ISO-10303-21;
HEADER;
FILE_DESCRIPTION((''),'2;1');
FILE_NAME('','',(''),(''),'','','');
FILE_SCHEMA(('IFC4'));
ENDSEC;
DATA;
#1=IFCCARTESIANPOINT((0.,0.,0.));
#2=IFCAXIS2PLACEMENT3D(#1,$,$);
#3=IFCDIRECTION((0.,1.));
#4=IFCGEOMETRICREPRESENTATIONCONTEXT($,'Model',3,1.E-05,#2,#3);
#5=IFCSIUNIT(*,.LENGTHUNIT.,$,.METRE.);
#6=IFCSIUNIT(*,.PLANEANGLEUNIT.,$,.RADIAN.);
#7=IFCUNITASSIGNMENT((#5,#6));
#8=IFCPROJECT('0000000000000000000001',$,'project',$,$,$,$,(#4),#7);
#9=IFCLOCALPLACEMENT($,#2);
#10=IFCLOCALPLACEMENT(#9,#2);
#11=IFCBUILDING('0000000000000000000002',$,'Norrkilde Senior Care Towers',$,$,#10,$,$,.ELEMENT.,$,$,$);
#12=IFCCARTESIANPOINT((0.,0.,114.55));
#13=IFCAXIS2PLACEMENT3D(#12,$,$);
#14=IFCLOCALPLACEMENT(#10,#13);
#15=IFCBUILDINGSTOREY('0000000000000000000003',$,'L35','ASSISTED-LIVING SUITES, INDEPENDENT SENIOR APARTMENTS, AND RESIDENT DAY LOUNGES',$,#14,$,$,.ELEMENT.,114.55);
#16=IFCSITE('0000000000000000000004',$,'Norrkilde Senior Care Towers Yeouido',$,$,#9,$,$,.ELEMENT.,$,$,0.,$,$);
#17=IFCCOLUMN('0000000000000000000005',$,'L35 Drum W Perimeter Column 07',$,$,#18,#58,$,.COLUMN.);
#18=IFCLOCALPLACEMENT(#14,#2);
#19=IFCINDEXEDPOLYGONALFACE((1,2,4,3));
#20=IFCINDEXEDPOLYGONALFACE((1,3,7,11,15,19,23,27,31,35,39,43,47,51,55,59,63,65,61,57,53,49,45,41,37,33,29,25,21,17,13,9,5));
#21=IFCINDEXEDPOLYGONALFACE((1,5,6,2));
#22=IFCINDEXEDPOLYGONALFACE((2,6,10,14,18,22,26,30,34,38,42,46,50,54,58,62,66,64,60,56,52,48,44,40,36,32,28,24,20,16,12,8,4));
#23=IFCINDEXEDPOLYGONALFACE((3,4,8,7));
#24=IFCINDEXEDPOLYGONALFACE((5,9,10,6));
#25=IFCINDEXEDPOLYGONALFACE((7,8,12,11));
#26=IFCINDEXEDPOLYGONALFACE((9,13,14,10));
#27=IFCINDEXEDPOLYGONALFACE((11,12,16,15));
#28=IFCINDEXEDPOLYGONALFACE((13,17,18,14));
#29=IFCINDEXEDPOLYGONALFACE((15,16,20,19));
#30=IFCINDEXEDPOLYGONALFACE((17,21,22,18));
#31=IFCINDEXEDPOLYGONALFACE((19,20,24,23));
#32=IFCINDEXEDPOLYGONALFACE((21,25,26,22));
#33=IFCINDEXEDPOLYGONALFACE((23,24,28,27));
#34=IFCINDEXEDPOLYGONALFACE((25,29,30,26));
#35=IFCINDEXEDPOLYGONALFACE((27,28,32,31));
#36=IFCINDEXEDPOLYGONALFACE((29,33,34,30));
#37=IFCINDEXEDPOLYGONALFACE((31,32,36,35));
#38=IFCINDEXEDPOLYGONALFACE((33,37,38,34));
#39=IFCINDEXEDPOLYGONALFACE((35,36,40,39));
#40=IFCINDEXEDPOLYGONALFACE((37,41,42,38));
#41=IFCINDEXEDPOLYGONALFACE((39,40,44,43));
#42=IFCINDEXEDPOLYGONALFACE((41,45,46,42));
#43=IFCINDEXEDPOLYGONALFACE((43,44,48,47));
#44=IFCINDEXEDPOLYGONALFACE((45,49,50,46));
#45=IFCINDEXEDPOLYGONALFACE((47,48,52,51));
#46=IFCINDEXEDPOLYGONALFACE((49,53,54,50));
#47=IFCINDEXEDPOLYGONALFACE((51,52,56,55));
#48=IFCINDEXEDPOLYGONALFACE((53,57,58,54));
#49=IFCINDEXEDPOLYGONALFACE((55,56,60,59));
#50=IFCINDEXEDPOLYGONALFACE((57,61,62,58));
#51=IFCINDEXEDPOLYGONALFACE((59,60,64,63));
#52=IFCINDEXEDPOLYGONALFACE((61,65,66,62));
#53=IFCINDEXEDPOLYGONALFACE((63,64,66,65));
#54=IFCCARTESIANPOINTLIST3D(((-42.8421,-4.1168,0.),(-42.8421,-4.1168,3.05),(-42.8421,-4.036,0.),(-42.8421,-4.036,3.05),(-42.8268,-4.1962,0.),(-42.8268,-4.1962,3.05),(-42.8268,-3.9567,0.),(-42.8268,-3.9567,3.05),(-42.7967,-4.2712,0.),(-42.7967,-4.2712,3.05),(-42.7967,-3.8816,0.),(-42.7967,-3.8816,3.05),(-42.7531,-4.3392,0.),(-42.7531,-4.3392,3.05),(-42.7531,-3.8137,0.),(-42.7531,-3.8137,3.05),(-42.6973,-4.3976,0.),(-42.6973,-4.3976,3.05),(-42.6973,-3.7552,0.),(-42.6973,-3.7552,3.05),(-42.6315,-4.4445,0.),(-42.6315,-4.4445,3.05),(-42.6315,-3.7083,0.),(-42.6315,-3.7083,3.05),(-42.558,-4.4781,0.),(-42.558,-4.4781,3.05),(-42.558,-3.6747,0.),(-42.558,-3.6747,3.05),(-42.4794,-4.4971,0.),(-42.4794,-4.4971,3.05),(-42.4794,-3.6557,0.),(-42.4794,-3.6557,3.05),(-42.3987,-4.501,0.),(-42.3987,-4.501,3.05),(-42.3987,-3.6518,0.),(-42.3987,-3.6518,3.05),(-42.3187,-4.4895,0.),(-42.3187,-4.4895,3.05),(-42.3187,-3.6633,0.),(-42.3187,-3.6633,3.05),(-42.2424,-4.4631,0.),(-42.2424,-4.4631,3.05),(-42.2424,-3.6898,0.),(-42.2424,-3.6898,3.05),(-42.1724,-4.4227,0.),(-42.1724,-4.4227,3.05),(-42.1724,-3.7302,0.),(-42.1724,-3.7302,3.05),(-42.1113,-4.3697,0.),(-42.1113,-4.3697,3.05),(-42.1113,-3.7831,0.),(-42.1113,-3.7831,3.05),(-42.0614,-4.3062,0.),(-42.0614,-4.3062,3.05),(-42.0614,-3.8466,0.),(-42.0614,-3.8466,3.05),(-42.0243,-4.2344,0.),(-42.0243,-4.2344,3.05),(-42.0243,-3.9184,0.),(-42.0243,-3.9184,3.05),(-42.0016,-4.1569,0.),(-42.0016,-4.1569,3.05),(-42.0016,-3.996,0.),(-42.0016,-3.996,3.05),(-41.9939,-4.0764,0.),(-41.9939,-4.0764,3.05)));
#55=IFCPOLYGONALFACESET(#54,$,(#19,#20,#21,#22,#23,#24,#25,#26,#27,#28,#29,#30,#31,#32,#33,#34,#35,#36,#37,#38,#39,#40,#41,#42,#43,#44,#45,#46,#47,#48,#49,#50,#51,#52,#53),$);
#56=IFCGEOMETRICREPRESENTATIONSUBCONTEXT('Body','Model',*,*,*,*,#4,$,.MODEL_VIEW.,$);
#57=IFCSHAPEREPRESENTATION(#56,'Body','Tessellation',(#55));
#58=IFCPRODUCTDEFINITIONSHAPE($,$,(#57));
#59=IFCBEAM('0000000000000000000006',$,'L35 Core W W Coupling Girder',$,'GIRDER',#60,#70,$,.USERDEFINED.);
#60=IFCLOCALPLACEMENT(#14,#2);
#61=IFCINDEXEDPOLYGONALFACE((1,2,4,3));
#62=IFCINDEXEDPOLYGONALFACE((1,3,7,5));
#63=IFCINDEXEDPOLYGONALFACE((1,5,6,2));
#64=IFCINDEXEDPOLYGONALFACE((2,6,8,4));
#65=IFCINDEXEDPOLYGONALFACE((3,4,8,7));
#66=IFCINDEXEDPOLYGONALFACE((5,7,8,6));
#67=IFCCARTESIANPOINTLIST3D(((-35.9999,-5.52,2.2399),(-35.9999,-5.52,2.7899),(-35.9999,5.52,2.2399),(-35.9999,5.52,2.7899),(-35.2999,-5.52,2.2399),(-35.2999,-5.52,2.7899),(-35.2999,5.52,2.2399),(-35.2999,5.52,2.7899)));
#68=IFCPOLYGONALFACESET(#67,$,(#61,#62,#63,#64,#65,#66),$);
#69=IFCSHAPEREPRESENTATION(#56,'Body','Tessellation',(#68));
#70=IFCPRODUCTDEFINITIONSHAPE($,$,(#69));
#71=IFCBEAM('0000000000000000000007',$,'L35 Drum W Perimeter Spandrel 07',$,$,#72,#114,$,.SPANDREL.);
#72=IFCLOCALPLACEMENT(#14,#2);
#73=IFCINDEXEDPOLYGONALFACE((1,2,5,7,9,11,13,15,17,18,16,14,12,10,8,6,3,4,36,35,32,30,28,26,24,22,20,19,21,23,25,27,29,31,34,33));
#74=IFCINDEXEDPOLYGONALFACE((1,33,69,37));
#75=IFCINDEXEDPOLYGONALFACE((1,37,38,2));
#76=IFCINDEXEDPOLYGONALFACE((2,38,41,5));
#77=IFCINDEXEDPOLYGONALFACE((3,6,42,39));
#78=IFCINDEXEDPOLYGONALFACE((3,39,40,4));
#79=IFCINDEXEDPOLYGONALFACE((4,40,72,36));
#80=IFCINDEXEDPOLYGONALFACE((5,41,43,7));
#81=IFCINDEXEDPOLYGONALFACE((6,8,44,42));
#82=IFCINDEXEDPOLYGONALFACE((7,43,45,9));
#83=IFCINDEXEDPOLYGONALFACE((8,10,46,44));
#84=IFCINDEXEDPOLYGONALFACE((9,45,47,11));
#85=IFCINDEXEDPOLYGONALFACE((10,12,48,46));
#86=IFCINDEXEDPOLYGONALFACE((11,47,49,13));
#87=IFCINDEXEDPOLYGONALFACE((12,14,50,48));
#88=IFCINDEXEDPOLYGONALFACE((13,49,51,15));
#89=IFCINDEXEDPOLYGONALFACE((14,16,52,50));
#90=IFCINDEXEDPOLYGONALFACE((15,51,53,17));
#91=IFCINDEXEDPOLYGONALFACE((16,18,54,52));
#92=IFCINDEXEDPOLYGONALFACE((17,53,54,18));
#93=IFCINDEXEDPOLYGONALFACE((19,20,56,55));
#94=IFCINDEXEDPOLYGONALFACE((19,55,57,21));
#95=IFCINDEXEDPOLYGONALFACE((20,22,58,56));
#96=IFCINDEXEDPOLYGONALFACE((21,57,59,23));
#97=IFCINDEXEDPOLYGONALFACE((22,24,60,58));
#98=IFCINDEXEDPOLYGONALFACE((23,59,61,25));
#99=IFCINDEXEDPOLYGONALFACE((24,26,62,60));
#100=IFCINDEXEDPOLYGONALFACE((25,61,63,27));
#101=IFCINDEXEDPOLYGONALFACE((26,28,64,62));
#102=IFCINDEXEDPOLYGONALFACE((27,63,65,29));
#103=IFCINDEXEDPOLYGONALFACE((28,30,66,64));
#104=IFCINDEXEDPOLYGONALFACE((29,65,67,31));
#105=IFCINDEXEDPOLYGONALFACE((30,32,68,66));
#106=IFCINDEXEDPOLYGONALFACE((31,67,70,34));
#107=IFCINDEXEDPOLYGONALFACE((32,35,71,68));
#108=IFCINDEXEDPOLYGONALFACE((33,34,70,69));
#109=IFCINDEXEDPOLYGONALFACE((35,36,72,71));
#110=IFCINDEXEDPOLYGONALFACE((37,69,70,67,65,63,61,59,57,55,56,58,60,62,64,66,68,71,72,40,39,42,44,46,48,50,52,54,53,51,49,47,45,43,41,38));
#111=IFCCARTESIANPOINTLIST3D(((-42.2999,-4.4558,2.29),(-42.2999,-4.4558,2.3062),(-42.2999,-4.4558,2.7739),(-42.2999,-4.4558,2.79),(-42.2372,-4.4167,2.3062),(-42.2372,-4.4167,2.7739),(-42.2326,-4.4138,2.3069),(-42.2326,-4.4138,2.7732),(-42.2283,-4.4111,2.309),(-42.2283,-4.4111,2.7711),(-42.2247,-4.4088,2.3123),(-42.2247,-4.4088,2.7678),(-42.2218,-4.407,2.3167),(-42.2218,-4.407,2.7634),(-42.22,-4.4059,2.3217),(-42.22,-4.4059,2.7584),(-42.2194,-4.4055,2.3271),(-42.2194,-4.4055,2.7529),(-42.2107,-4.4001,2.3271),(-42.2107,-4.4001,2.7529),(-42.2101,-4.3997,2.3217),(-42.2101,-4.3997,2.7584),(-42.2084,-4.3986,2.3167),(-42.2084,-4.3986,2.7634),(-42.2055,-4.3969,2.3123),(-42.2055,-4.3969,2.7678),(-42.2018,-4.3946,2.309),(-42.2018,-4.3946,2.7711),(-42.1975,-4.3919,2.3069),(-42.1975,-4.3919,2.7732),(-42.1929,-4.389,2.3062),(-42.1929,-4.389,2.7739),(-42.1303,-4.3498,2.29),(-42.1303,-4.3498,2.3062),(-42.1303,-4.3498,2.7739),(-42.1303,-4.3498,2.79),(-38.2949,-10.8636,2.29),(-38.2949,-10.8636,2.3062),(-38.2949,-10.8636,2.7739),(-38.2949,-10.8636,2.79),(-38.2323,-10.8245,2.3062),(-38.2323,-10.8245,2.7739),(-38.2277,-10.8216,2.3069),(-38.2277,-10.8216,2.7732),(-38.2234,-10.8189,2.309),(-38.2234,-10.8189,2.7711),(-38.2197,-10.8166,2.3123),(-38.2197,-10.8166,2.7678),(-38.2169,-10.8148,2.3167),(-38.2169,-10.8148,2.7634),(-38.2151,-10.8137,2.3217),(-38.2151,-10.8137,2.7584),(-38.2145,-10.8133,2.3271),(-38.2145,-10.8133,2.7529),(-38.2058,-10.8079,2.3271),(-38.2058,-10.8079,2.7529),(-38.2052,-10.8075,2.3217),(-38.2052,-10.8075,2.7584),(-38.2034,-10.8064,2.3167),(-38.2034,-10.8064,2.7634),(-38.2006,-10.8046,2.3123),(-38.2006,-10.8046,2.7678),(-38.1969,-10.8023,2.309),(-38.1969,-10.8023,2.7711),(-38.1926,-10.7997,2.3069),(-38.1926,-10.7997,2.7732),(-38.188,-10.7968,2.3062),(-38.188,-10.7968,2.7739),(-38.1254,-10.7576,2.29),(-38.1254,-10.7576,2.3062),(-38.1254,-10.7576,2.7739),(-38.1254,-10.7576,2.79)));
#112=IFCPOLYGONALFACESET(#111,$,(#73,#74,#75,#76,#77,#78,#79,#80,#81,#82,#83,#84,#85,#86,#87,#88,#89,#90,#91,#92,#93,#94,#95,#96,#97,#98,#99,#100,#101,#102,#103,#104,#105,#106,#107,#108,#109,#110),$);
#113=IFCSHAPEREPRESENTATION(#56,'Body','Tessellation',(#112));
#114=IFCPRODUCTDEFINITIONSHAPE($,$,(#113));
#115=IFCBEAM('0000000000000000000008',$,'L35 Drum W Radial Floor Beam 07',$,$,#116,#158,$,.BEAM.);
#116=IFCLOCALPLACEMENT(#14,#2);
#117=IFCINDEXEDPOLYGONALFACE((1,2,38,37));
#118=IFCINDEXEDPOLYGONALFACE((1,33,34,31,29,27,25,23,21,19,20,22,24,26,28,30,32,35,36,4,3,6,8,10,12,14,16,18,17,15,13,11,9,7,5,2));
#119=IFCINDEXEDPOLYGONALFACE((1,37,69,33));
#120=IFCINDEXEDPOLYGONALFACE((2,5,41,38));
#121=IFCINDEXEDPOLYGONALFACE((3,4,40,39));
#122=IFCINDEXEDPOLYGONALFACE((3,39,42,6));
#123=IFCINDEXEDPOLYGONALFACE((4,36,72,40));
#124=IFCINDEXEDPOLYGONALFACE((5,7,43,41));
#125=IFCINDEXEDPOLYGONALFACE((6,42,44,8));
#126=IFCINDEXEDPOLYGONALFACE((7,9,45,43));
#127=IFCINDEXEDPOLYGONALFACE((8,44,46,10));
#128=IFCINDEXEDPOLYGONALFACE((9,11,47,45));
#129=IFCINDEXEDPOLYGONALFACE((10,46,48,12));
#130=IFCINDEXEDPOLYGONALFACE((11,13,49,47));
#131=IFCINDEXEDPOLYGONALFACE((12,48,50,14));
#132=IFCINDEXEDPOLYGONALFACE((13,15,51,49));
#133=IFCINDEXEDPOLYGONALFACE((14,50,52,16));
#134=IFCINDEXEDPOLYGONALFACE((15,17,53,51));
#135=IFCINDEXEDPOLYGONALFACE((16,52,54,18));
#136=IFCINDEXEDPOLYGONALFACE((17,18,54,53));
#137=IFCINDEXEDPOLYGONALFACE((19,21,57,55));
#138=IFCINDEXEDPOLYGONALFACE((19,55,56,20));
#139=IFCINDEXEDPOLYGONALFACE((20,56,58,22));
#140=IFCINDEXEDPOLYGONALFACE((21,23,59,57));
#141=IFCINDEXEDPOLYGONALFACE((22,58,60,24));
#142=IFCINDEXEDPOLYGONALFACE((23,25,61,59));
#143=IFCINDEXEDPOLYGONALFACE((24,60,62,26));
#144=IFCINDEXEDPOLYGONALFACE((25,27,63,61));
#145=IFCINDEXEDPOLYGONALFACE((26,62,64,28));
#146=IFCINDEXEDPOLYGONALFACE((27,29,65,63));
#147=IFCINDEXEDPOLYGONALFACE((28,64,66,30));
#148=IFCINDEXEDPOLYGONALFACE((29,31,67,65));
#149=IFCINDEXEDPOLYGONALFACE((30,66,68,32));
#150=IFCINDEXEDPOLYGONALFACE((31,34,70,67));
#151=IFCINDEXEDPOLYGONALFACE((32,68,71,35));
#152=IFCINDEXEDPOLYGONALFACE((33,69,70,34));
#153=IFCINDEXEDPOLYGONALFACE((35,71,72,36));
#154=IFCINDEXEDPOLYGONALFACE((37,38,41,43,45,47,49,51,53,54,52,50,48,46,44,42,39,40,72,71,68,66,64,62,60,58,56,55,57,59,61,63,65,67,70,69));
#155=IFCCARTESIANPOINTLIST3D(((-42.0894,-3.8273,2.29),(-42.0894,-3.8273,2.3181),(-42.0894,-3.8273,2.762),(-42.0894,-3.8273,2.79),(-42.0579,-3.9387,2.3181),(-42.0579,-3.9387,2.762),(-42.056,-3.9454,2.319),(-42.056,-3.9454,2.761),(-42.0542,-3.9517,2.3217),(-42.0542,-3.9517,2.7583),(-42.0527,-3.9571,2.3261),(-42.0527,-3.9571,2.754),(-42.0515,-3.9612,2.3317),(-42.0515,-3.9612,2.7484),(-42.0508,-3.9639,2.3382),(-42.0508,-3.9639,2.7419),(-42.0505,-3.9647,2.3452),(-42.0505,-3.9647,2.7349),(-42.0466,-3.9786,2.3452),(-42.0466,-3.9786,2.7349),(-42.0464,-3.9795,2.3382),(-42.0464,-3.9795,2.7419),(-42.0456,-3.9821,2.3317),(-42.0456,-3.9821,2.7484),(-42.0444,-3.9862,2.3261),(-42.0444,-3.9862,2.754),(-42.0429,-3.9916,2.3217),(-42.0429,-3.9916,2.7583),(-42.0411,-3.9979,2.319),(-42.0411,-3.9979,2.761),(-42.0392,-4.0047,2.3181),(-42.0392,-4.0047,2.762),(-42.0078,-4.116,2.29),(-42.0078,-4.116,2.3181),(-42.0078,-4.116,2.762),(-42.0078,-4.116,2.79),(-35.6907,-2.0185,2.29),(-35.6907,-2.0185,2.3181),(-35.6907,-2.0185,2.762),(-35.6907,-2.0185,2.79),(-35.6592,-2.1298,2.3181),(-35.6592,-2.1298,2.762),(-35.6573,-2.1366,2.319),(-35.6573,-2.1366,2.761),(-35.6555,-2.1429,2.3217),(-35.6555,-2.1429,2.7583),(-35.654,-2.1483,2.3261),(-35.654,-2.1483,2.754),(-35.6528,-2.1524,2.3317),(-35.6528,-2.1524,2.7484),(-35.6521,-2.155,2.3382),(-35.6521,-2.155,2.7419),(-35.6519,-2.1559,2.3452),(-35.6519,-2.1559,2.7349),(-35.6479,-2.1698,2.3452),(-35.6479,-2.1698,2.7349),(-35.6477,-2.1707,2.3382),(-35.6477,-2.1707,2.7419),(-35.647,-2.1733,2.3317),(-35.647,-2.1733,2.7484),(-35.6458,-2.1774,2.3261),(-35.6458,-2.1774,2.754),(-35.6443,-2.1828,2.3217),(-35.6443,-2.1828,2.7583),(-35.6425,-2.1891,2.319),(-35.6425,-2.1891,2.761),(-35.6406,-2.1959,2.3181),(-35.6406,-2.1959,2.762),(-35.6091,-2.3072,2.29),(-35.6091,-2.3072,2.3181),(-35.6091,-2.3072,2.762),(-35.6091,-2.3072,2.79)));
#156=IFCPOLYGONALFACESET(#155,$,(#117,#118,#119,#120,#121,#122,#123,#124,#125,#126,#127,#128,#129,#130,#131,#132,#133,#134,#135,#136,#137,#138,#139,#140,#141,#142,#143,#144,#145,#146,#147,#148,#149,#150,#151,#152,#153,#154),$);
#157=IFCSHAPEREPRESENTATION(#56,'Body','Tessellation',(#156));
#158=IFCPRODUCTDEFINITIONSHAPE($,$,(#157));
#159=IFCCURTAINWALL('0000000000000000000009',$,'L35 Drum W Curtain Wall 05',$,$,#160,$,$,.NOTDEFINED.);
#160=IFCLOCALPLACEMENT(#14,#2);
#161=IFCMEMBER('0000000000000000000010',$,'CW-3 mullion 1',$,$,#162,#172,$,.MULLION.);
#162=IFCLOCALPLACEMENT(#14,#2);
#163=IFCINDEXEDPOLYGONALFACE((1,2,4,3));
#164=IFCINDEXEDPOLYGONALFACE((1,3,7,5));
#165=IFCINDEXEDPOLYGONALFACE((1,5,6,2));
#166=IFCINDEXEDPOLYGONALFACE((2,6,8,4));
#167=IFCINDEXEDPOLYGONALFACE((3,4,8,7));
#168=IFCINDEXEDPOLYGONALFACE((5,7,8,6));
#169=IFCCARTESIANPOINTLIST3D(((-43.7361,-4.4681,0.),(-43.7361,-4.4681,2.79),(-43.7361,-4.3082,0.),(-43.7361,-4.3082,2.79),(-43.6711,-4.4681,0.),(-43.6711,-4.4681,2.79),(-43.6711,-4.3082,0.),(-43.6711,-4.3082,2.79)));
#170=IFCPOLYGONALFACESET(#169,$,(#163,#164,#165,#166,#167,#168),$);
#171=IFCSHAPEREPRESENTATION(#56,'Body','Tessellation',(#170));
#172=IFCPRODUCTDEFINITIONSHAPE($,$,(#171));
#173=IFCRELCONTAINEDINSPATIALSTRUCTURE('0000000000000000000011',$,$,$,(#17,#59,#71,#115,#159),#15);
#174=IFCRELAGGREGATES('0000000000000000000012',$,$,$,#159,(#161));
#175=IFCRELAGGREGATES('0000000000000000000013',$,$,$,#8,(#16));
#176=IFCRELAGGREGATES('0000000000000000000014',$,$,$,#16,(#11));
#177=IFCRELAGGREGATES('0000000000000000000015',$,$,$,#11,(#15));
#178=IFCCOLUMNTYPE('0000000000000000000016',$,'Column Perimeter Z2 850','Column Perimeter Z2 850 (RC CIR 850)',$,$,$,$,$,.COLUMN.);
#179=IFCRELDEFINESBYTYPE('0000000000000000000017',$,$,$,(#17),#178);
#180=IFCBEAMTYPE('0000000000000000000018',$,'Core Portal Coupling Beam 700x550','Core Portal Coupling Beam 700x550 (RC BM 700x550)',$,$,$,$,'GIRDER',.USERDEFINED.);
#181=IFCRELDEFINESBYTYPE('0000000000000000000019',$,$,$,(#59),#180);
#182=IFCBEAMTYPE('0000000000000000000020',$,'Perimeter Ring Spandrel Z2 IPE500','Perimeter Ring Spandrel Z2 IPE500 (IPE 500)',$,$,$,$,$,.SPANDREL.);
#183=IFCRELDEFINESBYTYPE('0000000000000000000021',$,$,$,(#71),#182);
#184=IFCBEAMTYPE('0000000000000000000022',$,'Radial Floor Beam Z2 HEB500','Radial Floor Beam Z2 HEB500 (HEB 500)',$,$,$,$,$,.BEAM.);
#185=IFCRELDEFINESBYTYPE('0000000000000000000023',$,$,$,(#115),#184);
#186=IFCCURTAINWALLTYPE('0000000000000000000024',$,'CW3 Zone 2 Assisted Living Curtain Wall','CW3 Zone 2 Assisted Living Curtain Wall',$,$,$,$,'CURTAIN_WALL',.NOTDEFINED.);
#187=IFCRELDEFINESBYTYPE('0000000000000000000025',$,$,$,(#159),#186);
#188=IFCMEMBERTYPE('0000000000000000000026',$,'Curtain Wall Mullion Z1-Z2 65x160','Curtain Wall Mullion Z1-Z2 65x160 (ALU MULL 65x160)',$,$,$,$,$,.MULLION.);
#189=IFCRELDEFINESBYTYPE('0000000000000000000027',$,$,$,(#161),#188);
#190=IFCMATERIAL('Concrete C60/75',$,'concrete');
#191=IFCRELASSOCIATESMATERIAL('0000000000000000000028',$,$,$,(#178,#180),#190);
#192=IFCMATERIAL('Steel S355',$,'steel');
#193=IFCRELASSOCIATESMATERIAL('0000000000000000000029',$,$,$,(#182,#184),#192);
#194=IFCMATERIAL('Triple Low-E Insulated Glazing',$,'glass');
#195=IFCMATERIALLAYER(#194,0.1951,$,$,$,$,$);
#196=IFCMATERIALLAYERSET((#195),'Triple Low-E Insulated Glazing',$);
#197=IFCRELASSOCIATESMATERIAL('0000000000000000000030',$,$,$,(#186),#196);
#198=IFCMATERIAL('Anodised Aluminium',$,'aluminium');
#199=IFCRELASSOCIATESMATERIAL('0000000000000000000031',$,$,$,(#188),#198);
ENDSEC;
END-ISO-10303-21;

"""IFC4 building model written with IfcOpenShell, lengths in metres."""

from ifc_helpers import new_model, si_unit, direction, frame, origin, origin_2d, place, context, subcontext, project, spatial, rectangle, circle, i_section, extrude, source, transform, mapped, material, layer, layer_set, material_profile, profile_set, type_object, type_shapes, element, aggregate, save


model = new_model("IFC4")

# Units and contexts
model_context = context("Model", 3, precision=1e-05, world=origin(), true_north=direction((0.0, 1.0)))
body_context = subcontext(model_context, "Body", "Model", "MODEL_VIEW")
ifc_project = project(units=[si_unit("LENGTHUNIT", "METRE"), si_unit("PLANEANGLEUNIT", "RADIAN")], contexts=[model_context])

# Site, building, storey
site_placement = place(None, origin())
site = spatial("IfcSite", under=ifc_project, at=site_placement, Name="Norrkilde Senior Care Towers Yeouido", CompositionType="ELEMENT", RefElevation=0.0)
building_placement = place(site_placement, origin())
building = spatial("IfcBuilding", under=site, at=building_placement, Name="Norrkilde Senior Care Towers", CompositionType="ELEMENT")
storey_placement = place(building_placement, frame((0.0, 0.0, 114.55)))
storey = spatial("IfcBuildingStorey", under=building, at=storey_placement, Name="L35", Description="ASSISTED-LIVING SUITES, INDEPENDENT SENIOR APARTMENTS, AND RESIDENT DAY LOUNGES", CompositionType="ELEMENT", Elevation=114.55)

# Column
ifc_material_1 = material(Name="Concrete C60/75", Category="concrete")
ifc_material_profile_1 = material_profile(ifc_material_1, circle(Radius=0.425, at=origin_2d()), Name="RC CIR 850")
ifc_profile_set_1 = profile_set([ifc_material_profile_1], Name="Concrete C60/75")
column_type = type_object("IfcColumnType", Name="Column Perimeter Z2 850", Description="Column Perimeter Z2 850 (RC CIR 850)", PredefinedType="COLUMN", material=ifc_profile_set_1)
shared_shape_1 = source(origin(), body_context, "Body", "SweptSolid", [
    extrude(circle(Radius=0.425, at=origin_2d()), origin(), (0.0, 0.0, 1.0), 3.05),
])
type_shapes(column_type, [shared_shape_1])
column_placement = place(storey_placement, frame((-42.4189, -4.0764, 0.0), z_axis=(0.0, 0.0, 1.0), x_axis=(1.0, 0.0, 0.0)))
element("IfcColumn", 1, at=column_placement, inside=storey, type_object=column_type, Name="L35 Drum W Perimeter Column 07", PredefinedType="COLUMN", context=body_context, shape_type="MappedRepresentation", body=[
    mapped(shared_shape_1, transform((0.0, 0.0, 0.0), x_axis=(1.0, 0.0, 0.0), y_axis=(0.0, 1.0, 0.0), z_axis=(0.0, 0.0, 1.0), scale=1.0)),
])

# Beams
ifc_material_profile_2 = material_profile(ifc_material_1, rectangle(XDim=0.7, YDim=0.55, at=origin_2d()), Name="RC BM 700x550")
ifc_profile_set_2 = profile_set([ifc_material_profile_2], Name="Concrete C60/75")
beam_type_1 = type_object("IfcBeamType", Name="Core Portal Coupling Beam 700x550", Description="Core Portal Coupling Beam 700x550 (RC BM 700x550)", ElementType="GIRDER", PredefinedType="USERDEFINED", material=ifc_profile_set_2)
shared_shape_2 = source(origin(), body_context, "Body", "SweptSolid", [
    extrude(rectangle(XDim=0.7, YDim=0.55, at=origin_2d()), origin(), (0.0, 0.0, 1.0), 11.04),
])
type_shapes(beam_type_1, [shared_shape_2])
beam_1_placement = place(storey_placement, frame((-35.6499, -5.52, 2.5149), z_axis=(0.0, 1.0, 0.0), x_axis=(-1.0, 0.0, 0.0)))
element("IfcBeam", 2, at=beam_1_placement, inside=storey, type_object=beam_type_1, Name="L35 Core W W Coupling Girder", ObjectType="GIRDER", PredefinedType="USERDEFINED", context=body_context, shape_type="MappedRepresentation", body=[
    mapped(shared_shape_2, transform((0.0, 0.0, 0.0), x_axis=(1.0, 0.0, 0.0), y_axis=(0.0, 1.0, 0.0), z_axis=(0.0, 0.0, 1.0), scale=1.0)),
])
ifc_material_2 = material(Name="Steel S355", Category="steel")
ifc_material_profile_3 = material_profile(ifc_material_2, i_section(OverallWidth=0.2, OverallDepth=0.5, WebThickness=0.0103, FlangeThickness=0.0161, FilletRadius=0.021, at=origin_2d()), Name="IPE 500")
ifc_profile_set_3 = profile_set([ifc_material_profile_3], Name="Steel S355")
beam_type_2 = type_object("IfcBeamType", Name="Perimeter Ring Spandrel Z2 IPE500", Description="Perimeter Ring Spandrel Z2 IPE500 (IPE 500)", PredefinedType="SPANDREL", material=ifc_profile_set_3)
shared_shape_3 = source(origin(), body_context, "Body", "SweptSolid", [
    extrude(i_section(OverallWidth=0.2, OverallDepth=0.5, WebThickness=0.0103, FlangeThickness=0.0161, FilletRadius=0.021, at=origin_2d()), origin(), (0.0, 0.0, 1.0), 7.5564),
])
type_shapes(beam_type_2, [shared_shape_3])
beam_2_placement = place(storey_placement, frame((-42.2151, -4.4028, 2.54), z_axis=(0.530005, -0.847995, 0.0), x_axis=(0.847995, 0.530005, 0.0)))
element("IfcBeam", 3, at=beam_2_placement, inside=storey, type_object=beam_type_2, Name="L35 Drum W Perimeter Spandrel 07", PredefinedType="SPANDREL", context=body_context, shape_type="MappedRepresentation", body=[
    mapped(shared_shape_3, transform((0.0, 0.0, 0.0), x_axis=(1.0, 0.0, 0.0), y_axis=(0.0, 1.0, 0.0), z_axis=(0.0, 0.0, 1.0), scale=1.0)),
])
ifc_material_profile_4 = material_profile(ifc_material_2, i_section(OverallWidth=0.3, OverallDepth=0.5, WebThickness=0.0144, FlangeThickness=0.0281, FilletRadius=0.0271, at=origin_2d()), Name="HEB 500")
ifc_profile_set_4 = profile_set([ifc_material_profile_4], Name="Steel S355")
beam_type_3 = type_object("IfcBeamType", Name="Radial Floor Beam Z2 HEB500", Description="Radial Floor Beam Z2 HEB500 (HEB 500)", PredefinedType="BEAM", material=ifc_profile_set_4)
shared_shape_4 = source(origin(), body_context, "Body", "SweptSolid", [
    extrude(i_section(OverallWidth=0.3, OverallDepth=0.5, WebThickness=0.0144, FlangeThickness=0.0281, FilletRadius=0.0271, at=origin_2d()), origin(), (0.0, 0.0, 1.0), 6.6494),
])
type_shapes(beam_type_3, [shared_shape_4])
beam_3_placement = place(storey_placement, frame((-35.6499, -2.1628, 2.54), z_axis=(-0.962289, -0.272029, 0.0), x_axis=(0.272029, -0.962289, 0.0)))
element("IfcBeam", 4, at=beam_3_placement, inside=storey, type_object=beam_type_3, Name="L35 Drum W Radial Floor Beam 07", PredefinedType="BEAM", context=body_context, shape_type="MappedRepresentation", body=[
    mapped(shared_shape_4, transform((0.0, 0.0, 0.0), x_axis=(1.0, 0.0, 0.0), y_axis=(0.0, 1.0, 0.0), z_axis=(0.0, 0.0, 1.0), scale=1.0)),
])

# Curtain wall, member
ifc_material_3 = material(Name="Triple Low-E Insulated Glazing", Category="glass")
ifc_layer_1 = layer(ifc_material_3, 0.1951)
ifc_layer_set_1 = layer_set([ifc_layer_1], Name="Triple Low-E Insulated Glazing")
curtain_wall_type = type_object("IfcCurtainWallType", Name="CW3 Zone 2 Assisted Living Curtain Wall", Description="CW3 Zone 2 Assisted Living Curtain Wall", ElementType="CURTAIN_WALL", PredefinedType="NOTDEFINED", material=ifc_layer_set_1)
curtain_wall_1_placement = place(storey_placement, origin())
curtain_wall_1 = element("IfcCurtainWall", 5, at=curtain_wall_1_placement, inside=storey, type_object=curtain_wall_type, Name="L35 Drum W Curtain Wall 05", PredefinedType="NOTDEFINED")
ifc_material_4 = material(Name="Anodised Aluminium", Category="aluminium")
ifc_material_profile_5 = material_profile(ifc_material_4, rectangle(XDim=0.0649, YDim=0.1599, at=origin_2d()), Name="ALU MULL 65x160")
ifc_profile_set_5 = profile_set([ifc_material_profile_5], Name="Anodised Aluminium")
member_type_1 = type_object("IfcMemberType", Name="Curtain Wall Mullion Z1-Z2 65x160", Description="Curtain Wall Mullion Z1-Z2 65x160 (ALU MULL 65x160)", PredefinedType="MULLION", material=ifc_profile_set_5)
shared_shape_5 = source(origin(), body_context, "Body", "SweptSolid", [
    extrude(rectangle(XDim=0.0649, YDim=0.1599, at=origin_2d()), origin(), (0.0, 0.0, 1.0), 2.79),
])
type_shapes(member_type_1, [shared_shape_5])
member_1_placement = place(storey_placement, frame((-43.7036, -4.3882, 0.0), z_axis=(0.0, 0.0, 1.0), x_axis=(-1.0, 0.0, 0.0)))
member_1 = element("IfcMember", 6, at=member_1_placement, type_object=member_type_1, Name="CW-3 mullion 1", PredefinedType="MULLION", context=body_context, shape_type="MappedRepresentation", body=[
    mapped(shared_shape_5, transform((0.0, 0.0, 0.0), x_axis=(1.0, 0.0, 0.0), y_axis=(0.0, 1.0, 0.0), z_axis=(0.0, 0.0, 1.0), scale=1.0)),
])

aggregate(curtain_wall_1, [member_1])

save(model, "model.ifc")
